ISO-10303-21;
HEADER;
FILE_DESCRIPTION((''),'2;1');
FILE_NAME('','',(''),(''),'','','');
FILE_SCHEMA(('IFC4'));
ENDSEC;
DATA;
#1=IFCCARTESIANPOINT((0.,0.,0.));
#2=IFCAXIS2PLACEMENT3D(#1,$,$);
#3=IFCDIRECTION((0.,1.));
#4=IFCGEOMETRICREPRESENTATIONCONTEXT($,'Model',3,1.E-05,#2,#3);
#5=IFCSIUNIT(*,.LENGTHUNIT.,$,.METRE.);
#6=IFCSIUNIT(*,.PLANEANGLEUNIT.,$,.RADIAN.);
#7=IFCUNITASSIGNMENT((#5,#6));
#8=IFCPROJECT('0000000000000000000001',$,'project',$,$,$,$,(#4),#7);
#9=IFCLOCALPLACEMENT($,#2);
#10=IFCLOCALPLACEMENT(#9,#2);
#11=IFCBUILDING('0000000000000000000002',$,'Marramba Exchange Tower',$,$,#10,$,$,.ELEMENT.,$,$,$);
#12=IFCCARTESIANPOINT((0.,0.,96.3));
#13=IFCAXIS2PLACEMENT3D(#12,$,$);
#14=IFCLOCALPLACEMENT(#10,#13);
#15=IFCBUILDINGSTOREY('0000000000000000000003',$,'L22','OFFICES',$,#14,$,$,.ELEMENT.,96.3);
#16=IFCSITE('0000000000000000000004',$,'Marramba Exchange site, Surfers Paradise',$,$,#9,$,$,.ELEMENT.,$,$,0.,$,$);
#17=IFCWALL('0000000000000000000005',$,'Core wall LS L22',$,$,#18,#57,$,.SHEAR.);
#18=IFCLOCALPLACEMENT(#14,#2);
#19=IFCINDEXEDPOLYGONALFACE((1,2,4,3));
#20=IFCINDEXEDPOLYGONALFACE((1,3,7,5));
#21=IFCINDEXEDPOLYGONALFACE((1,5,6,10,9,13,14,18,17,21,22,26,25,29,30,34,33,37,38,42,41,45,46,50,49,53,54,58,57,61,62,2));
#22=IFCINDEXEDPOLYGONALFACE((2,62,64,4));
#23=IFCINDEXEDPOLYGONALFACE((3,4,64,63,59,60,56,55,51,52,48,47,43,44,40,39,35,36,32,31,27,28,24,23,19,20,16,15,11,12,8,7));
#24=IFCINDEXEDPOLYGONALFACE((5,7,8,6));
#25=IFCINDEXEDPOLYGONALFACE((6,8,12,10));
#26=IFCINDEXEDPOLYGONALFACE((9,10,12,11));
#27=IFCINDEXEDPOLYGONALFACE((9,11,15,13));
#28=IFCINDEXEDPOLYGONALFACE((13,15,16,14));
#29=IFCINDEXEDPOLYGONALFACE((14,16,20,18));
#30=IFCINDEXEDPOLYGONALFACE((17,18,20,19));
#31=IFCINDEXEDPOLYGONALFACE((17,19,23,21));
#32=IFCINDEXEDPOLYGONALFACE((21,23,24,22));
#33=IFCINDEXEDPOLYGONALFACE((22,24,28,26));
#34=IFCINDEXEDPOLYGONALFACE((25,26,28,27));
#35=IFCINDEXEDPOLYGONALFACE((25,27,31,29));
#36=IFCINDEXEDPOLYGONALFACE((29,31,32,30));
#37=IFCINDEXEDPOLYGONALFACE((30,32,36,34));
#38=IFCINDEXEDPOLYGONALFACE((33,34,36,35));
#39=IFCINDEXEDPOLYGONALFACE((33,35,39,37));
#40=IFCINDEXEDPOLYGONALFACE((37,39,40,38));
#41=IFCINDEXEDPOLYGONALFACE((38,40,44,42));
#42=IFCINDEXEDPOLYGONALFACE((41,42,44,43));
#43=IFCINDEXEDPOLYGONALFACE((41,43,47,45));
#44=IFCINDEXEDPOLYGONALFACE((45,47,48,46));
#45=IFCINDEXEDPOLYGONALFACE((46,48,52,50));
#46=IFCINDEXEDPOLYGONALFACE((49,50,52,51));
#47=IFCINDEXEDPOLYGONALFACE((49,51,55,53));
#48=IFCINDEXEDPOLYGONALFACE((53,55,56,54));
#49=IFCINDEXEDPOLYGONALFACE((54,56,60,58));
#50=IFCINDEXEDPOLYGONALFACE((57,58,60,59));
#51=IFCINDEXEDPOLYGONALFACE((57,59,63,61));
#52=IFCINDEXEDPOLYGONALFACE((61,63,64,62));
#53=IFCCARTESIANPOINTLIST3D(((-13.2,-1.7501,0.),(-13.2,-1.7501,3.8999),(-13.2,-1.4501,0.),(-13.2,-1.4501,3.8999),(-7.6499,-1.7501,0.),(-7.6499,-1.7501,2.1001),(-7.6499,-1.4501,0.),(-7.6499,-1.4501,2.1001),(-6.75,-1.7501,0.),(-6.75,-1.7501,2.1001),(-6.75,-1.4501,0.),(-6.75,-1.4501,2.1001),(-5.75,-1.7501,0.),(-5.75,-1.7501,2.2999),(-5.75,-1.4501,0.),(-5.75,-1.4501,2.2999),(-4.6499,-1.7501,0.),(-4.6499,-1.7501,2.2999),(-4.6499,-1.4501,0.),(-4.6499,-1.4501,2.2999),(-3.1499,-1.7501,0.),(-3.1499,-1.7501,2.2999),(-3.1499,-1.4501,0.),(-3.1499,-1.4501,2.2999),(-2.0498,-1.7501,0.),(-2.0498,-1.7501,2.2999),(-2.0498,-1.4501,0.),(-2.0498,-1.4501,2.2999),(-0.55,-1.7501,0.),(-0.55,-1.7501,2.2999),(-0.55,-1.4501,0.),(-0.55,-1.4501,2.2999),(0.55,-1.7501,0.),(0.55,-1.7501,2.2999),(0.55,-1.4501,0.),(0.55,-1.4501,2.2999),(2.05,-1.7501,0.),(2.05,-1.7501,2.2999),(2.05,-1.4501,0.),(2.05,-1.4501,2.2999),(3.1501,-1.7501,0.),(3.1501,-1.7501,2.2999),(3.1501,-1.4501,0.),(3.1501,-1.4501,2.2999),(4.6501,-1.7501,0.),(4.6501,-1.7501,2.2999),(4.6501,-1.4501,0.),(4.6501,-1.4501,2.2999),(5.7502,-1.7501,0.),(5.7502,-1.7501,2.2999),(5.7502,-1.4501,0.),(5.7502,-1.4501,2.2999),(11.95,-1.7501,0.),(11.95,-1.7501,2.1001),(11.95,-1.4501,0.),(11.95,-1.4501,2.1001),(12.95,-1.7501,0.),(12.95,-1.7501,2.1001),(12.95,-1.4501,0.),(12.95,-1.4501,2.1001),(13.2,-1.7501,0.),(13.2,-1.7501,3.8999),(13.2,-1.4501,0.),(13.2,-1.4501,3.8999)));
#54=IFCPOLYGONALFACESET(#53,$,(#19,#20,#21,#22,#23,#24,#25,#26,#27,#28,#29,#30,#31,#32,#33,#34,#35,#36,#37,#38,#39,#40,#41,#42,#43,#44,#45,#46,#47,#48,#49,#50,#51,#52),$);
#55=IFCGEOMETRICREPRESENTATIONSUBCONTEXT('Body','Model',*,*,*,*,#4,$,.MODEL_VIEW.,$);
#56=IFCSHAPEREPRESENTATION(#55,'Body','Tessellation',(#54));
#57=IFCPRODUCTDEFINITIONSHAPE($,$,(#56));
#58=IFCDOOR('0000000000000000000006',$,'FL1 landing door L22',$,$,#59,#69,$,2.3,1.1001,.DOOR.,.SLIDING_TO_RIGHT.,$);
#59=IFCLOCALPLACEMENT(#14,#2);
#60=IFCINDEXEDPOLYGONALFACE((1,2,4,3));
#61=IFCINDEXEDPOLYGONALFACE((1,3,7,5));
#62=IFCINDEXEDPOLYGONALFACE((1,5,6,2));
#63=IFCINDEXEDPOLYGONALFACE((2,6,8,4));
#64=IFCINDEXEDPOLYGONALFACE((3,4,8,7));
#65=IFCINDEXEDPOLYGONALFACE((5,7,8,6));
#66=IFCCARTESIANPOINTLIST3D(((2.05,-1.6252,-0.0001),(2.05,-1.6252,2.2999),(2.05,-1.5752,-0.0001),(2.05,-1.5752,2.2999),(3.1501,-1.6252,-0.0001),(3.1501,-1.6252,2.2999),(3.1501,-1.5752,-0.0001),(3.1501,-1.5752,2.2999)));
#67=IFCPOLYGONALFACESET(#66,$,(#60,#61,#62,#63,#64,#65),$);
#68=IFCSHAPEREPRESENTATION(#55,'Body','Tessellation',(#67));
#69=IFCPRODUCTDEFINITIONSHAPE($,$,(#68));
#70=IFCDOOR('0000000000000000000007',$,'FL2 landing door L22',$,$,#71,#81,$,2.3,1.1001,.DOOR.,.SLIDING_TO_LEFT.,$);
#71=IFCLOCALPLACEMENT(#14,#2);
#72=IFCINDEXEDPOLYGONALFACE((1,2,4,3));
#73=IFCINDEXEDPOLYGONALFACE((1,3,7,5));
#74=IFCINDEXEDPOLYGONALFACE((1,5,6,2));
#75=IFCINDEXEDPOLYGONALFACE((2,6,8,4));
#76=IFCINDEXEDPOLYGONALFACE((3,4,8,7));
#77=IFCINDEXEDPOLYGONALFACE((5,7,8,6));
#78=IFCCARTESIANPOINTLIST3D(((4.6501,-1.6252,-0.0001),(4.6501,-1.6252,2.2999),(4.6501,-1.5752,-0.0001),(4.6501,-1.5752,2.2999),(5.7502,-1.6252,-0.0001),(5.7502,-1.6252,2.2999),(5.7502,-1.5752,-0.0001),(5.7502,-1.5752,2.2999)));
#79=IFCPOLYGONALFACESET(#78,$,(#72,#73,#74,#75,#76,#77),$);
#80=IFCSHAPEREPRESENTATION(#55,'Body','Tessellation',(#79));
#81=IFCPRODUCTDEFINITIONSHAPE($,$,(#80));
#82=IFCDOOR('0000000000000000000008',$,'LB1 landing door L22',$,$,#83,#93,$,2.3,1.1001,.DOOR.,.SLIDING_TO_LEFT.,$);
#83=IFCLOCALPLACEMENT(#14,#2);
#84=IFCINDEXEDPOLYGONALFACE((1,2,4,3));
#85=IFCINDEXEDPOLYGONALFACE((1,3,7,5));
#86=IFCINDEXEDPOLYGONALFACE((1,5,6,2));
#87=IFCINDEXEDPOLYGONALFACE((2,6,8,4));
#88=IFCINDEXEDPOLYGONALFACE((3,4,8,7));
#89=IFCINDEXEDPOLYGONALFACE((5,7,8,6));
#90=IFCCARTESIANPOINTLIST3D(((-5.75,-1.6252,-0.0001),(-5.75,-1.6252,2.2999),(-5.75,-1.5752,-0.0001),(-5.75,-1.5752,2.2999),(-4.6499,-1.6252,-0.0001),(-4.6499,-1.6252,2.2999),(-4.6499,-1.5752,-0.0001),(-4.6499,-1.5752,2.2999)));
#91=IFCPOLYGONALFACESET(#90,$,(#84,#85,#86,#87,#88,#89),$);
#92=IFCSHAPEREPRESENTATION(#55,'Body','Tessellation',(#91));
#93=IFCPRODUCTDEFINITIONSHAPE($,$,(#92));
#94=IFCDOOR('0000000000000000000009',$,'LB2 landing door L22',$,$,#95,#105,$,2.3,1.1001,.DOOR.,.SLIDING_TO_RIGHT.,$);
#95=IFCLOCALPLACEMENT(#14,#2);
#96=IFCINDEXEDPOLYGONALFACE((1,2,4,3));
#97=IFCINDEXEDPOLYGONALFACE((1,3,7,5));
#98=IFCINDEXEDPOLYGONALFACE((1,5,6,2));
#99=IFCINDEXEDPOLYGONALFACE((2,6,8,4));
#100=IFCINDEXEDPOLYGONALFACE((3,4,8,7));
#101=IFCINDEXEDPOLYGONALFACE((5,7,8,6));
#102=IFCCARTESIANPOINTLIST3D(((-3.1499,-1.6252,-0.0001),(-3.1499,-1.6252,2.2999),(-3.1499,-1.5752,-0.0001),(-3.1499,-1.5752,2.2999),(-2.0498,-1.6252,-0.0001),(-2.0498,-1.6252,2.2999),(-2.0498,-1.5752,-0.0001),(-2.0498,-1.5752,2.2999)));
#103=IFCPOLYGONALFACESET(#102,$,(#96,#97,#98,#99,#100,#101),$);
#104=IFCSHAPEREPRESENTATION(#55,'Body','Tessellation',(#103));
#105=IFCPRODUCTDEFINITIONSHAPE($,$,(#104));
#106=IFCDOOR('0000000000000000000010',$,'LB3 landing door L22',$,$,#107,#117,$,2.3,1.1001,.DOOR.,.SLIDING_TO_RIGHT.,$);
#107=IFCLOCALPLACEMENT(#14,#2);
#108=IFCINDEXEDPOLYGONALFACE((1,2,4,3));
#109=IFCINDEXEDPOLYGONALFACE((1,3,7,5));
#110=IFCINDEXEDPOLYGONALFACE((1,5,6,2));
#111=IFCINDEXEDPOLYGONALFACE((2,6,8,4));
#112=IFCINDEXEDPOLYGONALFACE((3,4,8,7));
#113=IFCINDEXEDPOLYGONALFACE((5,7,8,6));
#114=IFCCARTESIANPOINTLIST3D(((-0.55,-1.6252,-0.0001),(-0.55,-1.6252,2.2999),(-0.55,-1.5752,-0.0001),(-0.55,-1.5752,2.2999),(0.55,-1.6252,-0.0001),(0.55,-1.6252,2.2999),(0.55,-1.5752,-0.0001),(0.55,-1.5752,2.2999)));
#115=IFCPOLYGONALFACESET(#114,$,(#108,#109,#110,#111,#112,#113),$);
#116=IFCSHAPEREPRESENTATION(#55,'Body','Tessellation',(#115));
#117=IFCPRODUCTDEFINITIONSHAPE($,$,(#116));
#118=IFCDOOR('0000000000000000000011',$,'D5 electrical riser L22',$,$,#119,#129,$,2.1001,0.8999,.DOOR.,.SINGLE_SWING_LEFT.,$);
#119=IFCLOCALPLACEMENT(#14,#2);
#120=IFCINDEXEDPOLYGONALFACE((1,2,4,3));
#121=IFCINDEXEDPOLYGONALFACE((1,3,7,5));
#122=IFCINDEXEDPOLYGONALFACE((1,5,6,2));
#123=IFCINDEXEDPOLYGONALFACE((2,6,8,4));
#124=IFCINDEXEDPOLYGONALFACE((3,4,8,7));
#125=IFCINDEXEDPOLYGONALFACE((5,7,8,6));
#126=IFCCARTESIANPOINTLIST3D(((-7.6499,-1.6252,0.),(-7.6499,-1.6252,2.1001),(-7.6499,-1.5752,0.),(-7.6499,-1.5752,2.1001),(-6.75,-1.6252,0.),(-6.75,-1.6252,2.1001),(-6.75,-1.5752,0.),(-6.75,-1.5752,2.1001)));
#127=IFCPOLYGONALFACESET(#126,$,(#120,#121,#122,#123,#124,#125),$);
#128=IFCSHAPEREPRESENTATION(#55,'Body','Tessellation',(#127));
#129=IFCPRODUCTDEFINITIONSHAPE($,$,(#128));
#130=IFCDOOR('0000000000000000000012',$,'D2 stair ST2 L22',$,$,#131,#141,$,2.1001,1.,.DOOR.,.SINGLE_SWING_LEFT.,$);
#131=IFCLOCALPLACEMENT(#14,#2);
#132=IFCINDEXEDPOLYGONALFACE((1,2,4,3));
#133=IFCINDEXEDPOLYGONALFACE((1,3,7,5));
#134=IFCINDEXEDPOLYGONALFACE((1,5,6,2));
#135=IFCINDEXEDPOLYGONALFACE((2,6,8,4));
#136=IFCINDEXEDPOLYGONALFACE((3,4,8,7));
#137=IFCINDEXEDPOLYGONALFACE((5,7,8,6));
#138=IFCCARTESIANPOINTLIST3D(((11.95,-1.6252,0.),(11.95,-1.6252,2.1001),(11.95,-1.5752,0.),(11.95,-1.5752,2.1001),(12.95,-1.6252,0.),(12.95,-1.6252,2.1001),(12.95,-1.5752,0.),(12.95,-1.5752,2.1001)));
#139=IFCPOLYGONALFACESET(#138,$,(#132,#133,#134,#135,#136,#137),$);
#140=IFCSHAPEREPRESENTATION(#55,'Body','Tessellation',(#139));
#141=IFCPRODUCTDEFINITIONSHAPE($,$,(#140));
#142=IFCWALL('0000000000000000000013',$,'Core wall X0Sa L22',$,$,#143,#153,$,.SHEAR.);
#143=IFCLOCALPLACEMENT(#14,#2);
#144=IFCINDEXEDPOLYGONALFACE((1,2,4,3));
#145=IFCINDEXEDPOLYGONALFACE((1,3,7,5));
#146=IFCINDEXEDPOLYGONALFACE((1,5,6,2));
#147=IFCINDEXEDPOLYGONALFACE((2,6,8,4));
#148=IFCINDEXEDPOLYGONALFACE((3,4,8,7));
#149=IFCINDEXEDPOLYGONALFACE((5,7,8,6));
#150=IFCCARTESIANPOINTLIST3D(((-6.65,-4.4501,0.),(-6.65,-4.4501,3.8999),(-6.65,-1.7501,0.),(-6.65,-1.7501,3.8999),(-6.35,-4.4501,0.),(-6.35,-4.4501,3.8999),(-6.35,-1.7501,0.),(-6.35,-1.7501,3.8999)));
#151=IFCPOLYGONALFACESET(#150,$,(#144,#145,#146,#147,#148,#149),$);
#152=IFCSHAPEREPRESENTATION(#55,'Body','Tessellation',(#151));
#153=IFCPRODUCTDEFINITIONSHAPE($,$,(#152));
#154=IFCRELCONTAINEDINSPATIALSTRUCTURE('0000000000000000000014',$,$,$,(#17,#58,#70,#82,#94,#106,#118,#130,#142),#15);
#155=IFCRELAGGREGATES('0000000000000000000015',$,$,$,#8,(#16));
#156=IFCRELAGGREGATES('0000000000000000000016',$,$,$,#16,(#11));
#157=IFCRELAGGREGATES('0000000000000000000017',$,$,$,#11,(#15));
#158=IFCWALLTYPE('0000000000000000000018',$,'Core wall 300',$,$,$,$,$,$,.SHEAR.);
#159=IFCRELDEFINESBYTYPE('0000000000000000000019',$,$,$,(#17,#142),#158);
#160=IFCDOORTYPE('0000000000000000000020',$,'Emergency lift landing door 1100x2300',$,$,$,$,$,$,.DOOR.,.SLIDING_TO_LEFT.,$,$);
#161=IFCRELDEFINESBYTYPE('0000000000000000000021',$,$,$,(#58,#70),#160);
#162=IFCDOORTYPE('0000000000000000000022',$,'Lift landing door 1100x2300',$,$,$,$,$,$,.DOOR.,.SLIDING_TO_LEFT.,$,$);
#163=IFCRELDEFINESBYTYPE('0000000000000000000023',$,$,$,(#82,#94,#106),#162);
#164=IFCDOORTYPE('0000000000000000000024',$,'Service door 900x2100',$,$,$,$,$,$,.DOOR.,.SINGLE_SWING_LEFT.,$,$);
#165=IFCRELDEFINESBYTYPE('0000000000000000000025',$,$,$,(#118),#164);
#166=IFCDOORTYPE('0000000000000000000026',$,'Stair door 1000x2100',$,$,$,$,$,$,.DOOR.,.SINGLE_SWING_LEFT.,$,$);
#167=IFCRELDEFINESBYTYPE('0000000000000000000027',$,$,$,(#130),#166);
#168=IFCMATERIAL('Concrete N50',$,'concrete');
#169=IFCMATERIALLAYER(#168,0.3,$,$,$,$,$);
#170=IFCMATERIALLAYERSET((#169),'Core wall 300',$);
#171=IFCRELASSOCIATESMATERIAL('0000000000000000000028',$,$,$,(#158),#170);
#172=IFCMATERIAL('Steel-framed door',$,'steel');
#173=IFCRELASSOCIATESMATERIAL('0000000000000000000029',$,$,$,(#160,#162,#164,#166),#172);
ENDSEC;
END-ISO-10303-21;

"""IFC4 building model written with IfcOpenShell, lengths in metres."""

from ifc_helpers import new_model, si_unit, direction, frame, frame_2d, origin, place, context, subcontext, project, spatial, rectangle, extrude, material, layer, layer_set, type_object, element, fill, save


model = new_model("IFC4")

# Units and contexts
model_context = context("Model", 3, precision=1e-05, world=origin(), true_north=direction((0.0, 1.0)))
body_context = subcontext(model_context, "Body", "Model", "MODEL_VIEW")
ifc_project = project(units=[si_unit("LENGTHUNIT", "METRE"), si_unit("PLANEANGLEUNIT", "RADIAN")], contexts=[model_context])

# Site, building, storey
site_placement = place(None, origin())
site = spatial("IfcSite", under=ifc_project, at=site_placement, Name="Marramba Exchange site, Surfers Paradise", CompositionType="ELEMENT", RefElevation=0.0)
building_placement = place(site_placement, origin())
building = spatial("IfcBuilding", under=site, at=building_placement, Name="Marramba Exchange Tower", CompositionType="ELEMENT")
storey_placement = place(building_placement, frame((0.0, 0.0, 96.3)))
storey = spatial("IfcBuildingStorey", under=building, at=storey_placement, Name="L22", Description="OFFICES", CompositionType="ELEMENT", Elevation=96.3)

# Shared definitions
ifc_material_1 = material(Name="Concrete N50", Category="concrete")

# Wall, openings, doors
ifc_layer_1 = layer(ifc_material_1, 0.3)
ifc_layer_set_1 = layer_set([ifc_layer_1], Name="Core wall 300")
wall_type_1 = type_object("IfcWallType", Name="Core wall 300", PredefinedType="SHEAR", material=ifc_layer_set_1)
wall_1_placement = place(storey_placement, frame((-13.2, -1.6001, 0.0), z_axis=(0.0, 0.0, 1.0), x_axis=(1.0, 0.0, 0.0)))
wall_1 = element("IfcWall", 1, at=wall_1_placement, inside=storey, type_object=wall_type_1, Name="Core wall LS L22", PredefinedType="SHEAR", context=body_context, shape_type="SweptSolid", body=[
    extrude(rectangle(XDim=26.3999, YDim=0.3, at=frame_2d((13.2, 0.0))), origin(), (0.0, 0.0, 1.0), 3.8999),
])
opening_1_placement = place(wall_1_placement, frame((25.1499, 0.0, 0.0)))
opening_1 = element("IfcOpeningElement", 2, at=opening_1_placement, cuts=wall_1, PredefinedType="OPENING", context=body_context, shape_type="SweptSolid", body=[
    extrude(rectangle(XDim=1.0, YDim=2.1001, at=frame_2d((0.5, 1.05))), frame((0.0, 0.1599, 0.0), z_axis=(0.0, -1.0, 0.0), x_axis=(1.0, 0.0, 0.0)), (0.0, 0.0, 1.0), 0.3201),
])
opening_2_placement = place(wall_1_placement, frame((7.45, 0.0, 0.0)))
opening_2 = element("IfcOpeningElement", 3, at=opening_2_placement, cuts=wall_1, PredefinedType="OPENING", context=body_context, shape_type="SweptSolid", body=[
    extrude(rectangle(XDim=1.1001, YDim=2.3, at=frame_2d((0.55, 1.1499))), frame((0.0, 0.1599, 0.0), z_axis=(0.0, -1.0, 0.0), x_axis=(1.0, 0.0, 0.0)), (0.0, 0.0, 1.0), 0.3201),
])
opening_3_placement = place(wall_1_placement, frame((10.05, 0.0, 0.0)))
opening_3 = element("IfcOpeningElement", 4, at=opening_3_placement, cuts=wall_1, PredefinedType="OPENING", context=body_context, shape_type="SweptSolid", body=[
    extrude(rectangle(XDim=1.1001, YDim=2.3, at=frame_2d((0.55, 1.1499))), frame((0.0, 0.1599, 0.0), z_axis=(0.0, -1.0, 0.0), x_axis=(1.0, 0.0, 0.0)), (0.0, 0.0, 1.0), 0.3201),
])
opening_4_placement = place(wall_1_placement, frame((12.6499, 0.0, 0.0)))
opening_4 = element("IfcOpeningElement", 5, at=opening_4_placement, cuts=wall_1, PredefinedType="OPENING", context=body_context, shape_type="SweptSolid", body=[
    extrude(rectangle(XDim=1.1001, YDim=2.3, at=frame_2d((0.55, 1.1499))), frame((0.0, 0.1599, 0.0), z_axis=(0.0, -1.0, 0.0), x_axis=(1.0, 0.0, 0.0)), (0.0, 0.0, 1.0), 0.3201),
])
opening_5_placement = place(wall_1_placement, frame((15.25, 0.0, 0.0)))
opening_5 = element("IfcOpeningElement", 6, at=opening_5_placement, cuts=wall_1, PredefinedType="OPENING", context=body_context, shape_type="SweptSolid", body=[
    extrude(rectangle(XDim=1.1001, YDim=2.3, at=frame_2d((0.55, 1.1499))), frame((0.0, 0.1599, 0.0), z_axis=(0.0, -1.0, 0.0), x_axis=(1.0, 0.0, 0.0)), (0.0, 0.0, 1.0), 0.3201),
])
opening_6_placement = place(wall_1_placement, frame((17.8501, 0.0, 0.0)))
opening_6 = element("IfcOpeningElement", 7, at=opening_6_placement, cuts=wall_1, PredefinedType="OPENING", context=body_context, shape_type="SweptSolid", body=[
    extrude(rectangle(XDim=1.1001, YDim=2.3, at=frame_2d((0.55, 1.1499))), frame((0.0, 0.1599, 0.0), z_axis=(0.0, -1.0, 0.0), x_axis=(1.0, 0.0, 0.0)), (0.0, 0.0, 1.0), 0.3201),
])
opening_7_placement = place(wall_1_placement, frame((5.55, 0.0, 0.0)))
opening_7 = element("IfcOpeningElement", 8, at=opening_7_placement, cuts=wall_1, PredefinedType="OPENING", context=body_context, shape_type="SweptSolid", body=[
    extrude(rectangle(XDim=0.8999, YDim=2.1001, at=frame_2d((0.45, 1.05))), frame((0.0, 0.1599, 0.0), z_axis=(0.0, -1.0, 0.0), x_axis=(1.0, 0.0, 0.0)), (0.0, 0.0, 1.0), 0.3201),
])
ifc_material_2 = material(Name="Steel-framed door", Category="steel")
door_type_1 = type_object("IfcDoorType", Name="Emergency lift landing door 1100x2300", OperationType="SLIDING_TO_LEFT", PredefinedType="DOOR", material=ifc_material_2)
door_1_placement = place(opening_5_placement, frame((1.1001, 0.0, 0.0), z_axis=(0.0, 0.0, 1.0), x_axis=(-1.0, 0.0, 0.0)))
door_1 = element("IfcDoor", 9, at=door_1_placement, inside=storey, type_object=door_type_1, Name="FL1 landing door L22", OperationType="SLIDING_TO_RIGHT", OverallHeight=2.3, OverallWidth=1.1001, PredefinedType="DOOR", context=body_context, shape_type="SweptSolid", body=[
    extrude(rectangle(XDim=1.1001, YDim=2.3, at=frame_2d((0.55, 1.1499))), frame((0.0, 0.0251, 0.0), z_axis=(0.0, -1.0, 0.0), x_axis=(1.0, 0.0, 0.0)), (0.0, 0.0, 1.0), 0.05),
])
fill(opening_5, door_1)
door_2_placement = place(opening_6_placement, frame((1.1001, 0.0, 0.0), z_axis=(0.0, 0.0, 1.0), x_axis=(-1.0, 0.0, 0.0)))
door_2 = element("IfcDoor", 10, at=door_2_placement, inside=storey, type_object=door_type_1, Name="FL2 landing door L22", OperationType="SLIDING_TO_LEFT", OverallHeight=2.3, OverallWidth=1.1001, PredefinedType="DOOR", context=body_context, shape_type="SweptSolid", body=[
    extrude(rectangle(XDim=1.1001, YDim=2.3, at=frame_2d((0.55, 1.1499))), frame((0.0, 0.0251, 0.0), z_axis=(0.0, -1.0, 0.0), x_axis=(1.0, 0.0, 0.0)), (0.0, 0.0, 1.0), 0.05),
])
fill(opening_6, door_2)
door_type_2 = type_object("IfcDoorType", Name="Lift landing door 1100x2300", OperationType="SLIDING_TO_LEFT", PredefinedType="DOOR", material=ifc_material_2)
door_3_placement = place(opening_2_placement, frame((1.1001, 0.0, 0.0), z_axis=(0.0, 0.0, 1.0), x_axis=(-1.0, 0.0, 0.0)))
door_3 = element("IfcDoor", 11, at=door_3_placement, inside=storey, type_object=door_type_2, Name="LB1 landing door L22", OperationType="SLIDING_TO_LEFT", OverallHeight=2.3, OverallWidth=1.1001, PredefinedType="DOOR", context=body_context, shape_type="SweptSolid", body=[
    extrude(rectangle(XDim=1.1001, YDim=2.3, at=frame_2d((0.55, 1.1499))), frame((0.0, 0.0251, 0.0), z_axis=(0.0, -1.0, 0.0), x_axis=(1.0, 0.0, 0.0)), (0.0, 0.0, 1.0), 0.05),
])
fill(opening_2, door_3)
door_4_placement = place(opening_3_placement, frame((1.1001, 0.0, 0.0), z_axis=(0.0, 0.0, 1.0), x_axis=(-1.0, 0.0, 0.0)))
door_4 = element("IfcDoor", 12, at=door_4_placement, inside=storey, type_object=door_type_2, Name="LB2 landing door L22", OperationType="SLIDING_TO_RIGHT", OverallHeight=2.3, OverallWidth=1.1001, PredefinedType="DOOR", context=body_context, shape_type="SweptSolid", body=[
    extrude(rectangle(XDim=1.1001, YDim=2.3, at=frame_2d((0.55, 1.1499))), frame((0.0, 0.0251, 0.0), z_axis=(0.0, -1.0, 0.0), x_axis=(1.0, 0.0, 0.0)), (0.0, 0.0, 1.0), 0.05),
])
fill(opening_3, door_4)
door_5_placement = place(opening_4_placement, frame((1.1001, 0.0, 0.0), z_axis=(0.0, 0.0, 1.0), x_axis=(-1.0, 0.0, 0.0)))
door_5 = element("IfcDoor", 13, at=door_5_placement, inside=storey, type_object=door_type_2, Name="LB3 landing door L22", OperationType="SLIDING_TO_RIGHT", OverallHeight=2.3, OverallWidth=1.1001, PredefinedType="DOOR", context=body_context, shape_type="SweptSolid", body=[
    extrude(rectangle(XDim=1.1001, YDim=2.3, at=frame_2d((0.55, 1.1499))), frame((0.0, 0.0251, 0.0), z_axis=(0.0, -1.0, 0.0), x_axis=(1.0, 0.0, 0.0)), (0.0, 0.0, 1.0), 0.05),
])
fill(opening_4, door_5)
door_type_3 = type_object("IfcDoorType", Name="Service door 900x2100", OperationType="SINGLE_SWING_LEFT", PredefinedType="DOOR", material=ifc_material_2)
door_6_placement = place(opening_7_placement, frame((0.8999, 0.0, 0.0), z_axis=(0.0, 0.0, 1.0), x_axis=(-1.0, 0.0, 0.0)))
door_6 = element("IfcDoor", 14, at=door_6_placement, inside=storey, type_object=door_type_3, Name="D5 electrical riser L22", OperationType="SINGLE_SWING_LEFT", OverallHeight=2.1001, OverallWidth=0.8999, PredefinedType="DOOR", context=body_context, shape_type="SweptSolid", body=[
    extrude(rectangle(XDim=0.8999, YDim=2.1001, at=frame_2d((0.45, 1.05))), frame((0.0, 0.0251, 0.0), z_axis=(0.0, -1.0, 0.0), x_axis=(1.0, 0.0, 0.0)), (0.0, 0.0, 1.0), 0.05),
])
fill(opening_7, door_6)
door_type_4 = type_object("IfcDoorType", Name="Stair door 1000x2100", OperationType="SINGLE_SWING_LEFT", PredefinedType="DOOR", material=ifc_material_2)
door_7_placement = place(opening_1_placement, frame((1.0, 0.0, 0.0), z_axis=(0.0, 0.0, 1.0), x_axis=(-1.0, 0.0, 0.0)))
door_7 = element("IfcDoor", 15, at=door_7_placement, inside=storey, type_object=door_type_4, Name="D2 stair ST2 L22", OperationType="SINGLE_SWING_LEFT", OverallHeight=2.1001, OverallWidth=1.0, PredefinedType="DOOR", context=body_context, shape_type="SweptSolid", body=[
    extrude(rectangle(XDim=1.0, YDim=2.1001, at=frame_2d((0.5, 1.05))), frame((0.0, 0.0251, 0.0), z_axis=(0.0, -1.0, 0.0), x_axis=(1.0, 0.0, 0.0)), (0.0, 0.0, 1.0), 0.05),
])
fill(opening_1, door_7)

# Wall
wall_2_placement = place(storey_placement, frame((-6.5, -1.75, 0.0), z_axis=(0.0, 0.0, 1.0), x_axis=(0.0, -1.0, 0.0)))
element("IfcWall", 16, at=wall_2_placement, inside=storey, type_object=wall_type_1, Name="Core wall X0Sa L22", PredefinedType="SHEAR", context=body_context, shape_type="SweptSolid", body=[
    extrude(rectangle(XDim=2.7, YDim=0.3, at=frame_2d((1.3501, 0.0))), origin(), (0.0, 0.0, 1.0), 3.8999),
])

save(model, "model.ifc")
